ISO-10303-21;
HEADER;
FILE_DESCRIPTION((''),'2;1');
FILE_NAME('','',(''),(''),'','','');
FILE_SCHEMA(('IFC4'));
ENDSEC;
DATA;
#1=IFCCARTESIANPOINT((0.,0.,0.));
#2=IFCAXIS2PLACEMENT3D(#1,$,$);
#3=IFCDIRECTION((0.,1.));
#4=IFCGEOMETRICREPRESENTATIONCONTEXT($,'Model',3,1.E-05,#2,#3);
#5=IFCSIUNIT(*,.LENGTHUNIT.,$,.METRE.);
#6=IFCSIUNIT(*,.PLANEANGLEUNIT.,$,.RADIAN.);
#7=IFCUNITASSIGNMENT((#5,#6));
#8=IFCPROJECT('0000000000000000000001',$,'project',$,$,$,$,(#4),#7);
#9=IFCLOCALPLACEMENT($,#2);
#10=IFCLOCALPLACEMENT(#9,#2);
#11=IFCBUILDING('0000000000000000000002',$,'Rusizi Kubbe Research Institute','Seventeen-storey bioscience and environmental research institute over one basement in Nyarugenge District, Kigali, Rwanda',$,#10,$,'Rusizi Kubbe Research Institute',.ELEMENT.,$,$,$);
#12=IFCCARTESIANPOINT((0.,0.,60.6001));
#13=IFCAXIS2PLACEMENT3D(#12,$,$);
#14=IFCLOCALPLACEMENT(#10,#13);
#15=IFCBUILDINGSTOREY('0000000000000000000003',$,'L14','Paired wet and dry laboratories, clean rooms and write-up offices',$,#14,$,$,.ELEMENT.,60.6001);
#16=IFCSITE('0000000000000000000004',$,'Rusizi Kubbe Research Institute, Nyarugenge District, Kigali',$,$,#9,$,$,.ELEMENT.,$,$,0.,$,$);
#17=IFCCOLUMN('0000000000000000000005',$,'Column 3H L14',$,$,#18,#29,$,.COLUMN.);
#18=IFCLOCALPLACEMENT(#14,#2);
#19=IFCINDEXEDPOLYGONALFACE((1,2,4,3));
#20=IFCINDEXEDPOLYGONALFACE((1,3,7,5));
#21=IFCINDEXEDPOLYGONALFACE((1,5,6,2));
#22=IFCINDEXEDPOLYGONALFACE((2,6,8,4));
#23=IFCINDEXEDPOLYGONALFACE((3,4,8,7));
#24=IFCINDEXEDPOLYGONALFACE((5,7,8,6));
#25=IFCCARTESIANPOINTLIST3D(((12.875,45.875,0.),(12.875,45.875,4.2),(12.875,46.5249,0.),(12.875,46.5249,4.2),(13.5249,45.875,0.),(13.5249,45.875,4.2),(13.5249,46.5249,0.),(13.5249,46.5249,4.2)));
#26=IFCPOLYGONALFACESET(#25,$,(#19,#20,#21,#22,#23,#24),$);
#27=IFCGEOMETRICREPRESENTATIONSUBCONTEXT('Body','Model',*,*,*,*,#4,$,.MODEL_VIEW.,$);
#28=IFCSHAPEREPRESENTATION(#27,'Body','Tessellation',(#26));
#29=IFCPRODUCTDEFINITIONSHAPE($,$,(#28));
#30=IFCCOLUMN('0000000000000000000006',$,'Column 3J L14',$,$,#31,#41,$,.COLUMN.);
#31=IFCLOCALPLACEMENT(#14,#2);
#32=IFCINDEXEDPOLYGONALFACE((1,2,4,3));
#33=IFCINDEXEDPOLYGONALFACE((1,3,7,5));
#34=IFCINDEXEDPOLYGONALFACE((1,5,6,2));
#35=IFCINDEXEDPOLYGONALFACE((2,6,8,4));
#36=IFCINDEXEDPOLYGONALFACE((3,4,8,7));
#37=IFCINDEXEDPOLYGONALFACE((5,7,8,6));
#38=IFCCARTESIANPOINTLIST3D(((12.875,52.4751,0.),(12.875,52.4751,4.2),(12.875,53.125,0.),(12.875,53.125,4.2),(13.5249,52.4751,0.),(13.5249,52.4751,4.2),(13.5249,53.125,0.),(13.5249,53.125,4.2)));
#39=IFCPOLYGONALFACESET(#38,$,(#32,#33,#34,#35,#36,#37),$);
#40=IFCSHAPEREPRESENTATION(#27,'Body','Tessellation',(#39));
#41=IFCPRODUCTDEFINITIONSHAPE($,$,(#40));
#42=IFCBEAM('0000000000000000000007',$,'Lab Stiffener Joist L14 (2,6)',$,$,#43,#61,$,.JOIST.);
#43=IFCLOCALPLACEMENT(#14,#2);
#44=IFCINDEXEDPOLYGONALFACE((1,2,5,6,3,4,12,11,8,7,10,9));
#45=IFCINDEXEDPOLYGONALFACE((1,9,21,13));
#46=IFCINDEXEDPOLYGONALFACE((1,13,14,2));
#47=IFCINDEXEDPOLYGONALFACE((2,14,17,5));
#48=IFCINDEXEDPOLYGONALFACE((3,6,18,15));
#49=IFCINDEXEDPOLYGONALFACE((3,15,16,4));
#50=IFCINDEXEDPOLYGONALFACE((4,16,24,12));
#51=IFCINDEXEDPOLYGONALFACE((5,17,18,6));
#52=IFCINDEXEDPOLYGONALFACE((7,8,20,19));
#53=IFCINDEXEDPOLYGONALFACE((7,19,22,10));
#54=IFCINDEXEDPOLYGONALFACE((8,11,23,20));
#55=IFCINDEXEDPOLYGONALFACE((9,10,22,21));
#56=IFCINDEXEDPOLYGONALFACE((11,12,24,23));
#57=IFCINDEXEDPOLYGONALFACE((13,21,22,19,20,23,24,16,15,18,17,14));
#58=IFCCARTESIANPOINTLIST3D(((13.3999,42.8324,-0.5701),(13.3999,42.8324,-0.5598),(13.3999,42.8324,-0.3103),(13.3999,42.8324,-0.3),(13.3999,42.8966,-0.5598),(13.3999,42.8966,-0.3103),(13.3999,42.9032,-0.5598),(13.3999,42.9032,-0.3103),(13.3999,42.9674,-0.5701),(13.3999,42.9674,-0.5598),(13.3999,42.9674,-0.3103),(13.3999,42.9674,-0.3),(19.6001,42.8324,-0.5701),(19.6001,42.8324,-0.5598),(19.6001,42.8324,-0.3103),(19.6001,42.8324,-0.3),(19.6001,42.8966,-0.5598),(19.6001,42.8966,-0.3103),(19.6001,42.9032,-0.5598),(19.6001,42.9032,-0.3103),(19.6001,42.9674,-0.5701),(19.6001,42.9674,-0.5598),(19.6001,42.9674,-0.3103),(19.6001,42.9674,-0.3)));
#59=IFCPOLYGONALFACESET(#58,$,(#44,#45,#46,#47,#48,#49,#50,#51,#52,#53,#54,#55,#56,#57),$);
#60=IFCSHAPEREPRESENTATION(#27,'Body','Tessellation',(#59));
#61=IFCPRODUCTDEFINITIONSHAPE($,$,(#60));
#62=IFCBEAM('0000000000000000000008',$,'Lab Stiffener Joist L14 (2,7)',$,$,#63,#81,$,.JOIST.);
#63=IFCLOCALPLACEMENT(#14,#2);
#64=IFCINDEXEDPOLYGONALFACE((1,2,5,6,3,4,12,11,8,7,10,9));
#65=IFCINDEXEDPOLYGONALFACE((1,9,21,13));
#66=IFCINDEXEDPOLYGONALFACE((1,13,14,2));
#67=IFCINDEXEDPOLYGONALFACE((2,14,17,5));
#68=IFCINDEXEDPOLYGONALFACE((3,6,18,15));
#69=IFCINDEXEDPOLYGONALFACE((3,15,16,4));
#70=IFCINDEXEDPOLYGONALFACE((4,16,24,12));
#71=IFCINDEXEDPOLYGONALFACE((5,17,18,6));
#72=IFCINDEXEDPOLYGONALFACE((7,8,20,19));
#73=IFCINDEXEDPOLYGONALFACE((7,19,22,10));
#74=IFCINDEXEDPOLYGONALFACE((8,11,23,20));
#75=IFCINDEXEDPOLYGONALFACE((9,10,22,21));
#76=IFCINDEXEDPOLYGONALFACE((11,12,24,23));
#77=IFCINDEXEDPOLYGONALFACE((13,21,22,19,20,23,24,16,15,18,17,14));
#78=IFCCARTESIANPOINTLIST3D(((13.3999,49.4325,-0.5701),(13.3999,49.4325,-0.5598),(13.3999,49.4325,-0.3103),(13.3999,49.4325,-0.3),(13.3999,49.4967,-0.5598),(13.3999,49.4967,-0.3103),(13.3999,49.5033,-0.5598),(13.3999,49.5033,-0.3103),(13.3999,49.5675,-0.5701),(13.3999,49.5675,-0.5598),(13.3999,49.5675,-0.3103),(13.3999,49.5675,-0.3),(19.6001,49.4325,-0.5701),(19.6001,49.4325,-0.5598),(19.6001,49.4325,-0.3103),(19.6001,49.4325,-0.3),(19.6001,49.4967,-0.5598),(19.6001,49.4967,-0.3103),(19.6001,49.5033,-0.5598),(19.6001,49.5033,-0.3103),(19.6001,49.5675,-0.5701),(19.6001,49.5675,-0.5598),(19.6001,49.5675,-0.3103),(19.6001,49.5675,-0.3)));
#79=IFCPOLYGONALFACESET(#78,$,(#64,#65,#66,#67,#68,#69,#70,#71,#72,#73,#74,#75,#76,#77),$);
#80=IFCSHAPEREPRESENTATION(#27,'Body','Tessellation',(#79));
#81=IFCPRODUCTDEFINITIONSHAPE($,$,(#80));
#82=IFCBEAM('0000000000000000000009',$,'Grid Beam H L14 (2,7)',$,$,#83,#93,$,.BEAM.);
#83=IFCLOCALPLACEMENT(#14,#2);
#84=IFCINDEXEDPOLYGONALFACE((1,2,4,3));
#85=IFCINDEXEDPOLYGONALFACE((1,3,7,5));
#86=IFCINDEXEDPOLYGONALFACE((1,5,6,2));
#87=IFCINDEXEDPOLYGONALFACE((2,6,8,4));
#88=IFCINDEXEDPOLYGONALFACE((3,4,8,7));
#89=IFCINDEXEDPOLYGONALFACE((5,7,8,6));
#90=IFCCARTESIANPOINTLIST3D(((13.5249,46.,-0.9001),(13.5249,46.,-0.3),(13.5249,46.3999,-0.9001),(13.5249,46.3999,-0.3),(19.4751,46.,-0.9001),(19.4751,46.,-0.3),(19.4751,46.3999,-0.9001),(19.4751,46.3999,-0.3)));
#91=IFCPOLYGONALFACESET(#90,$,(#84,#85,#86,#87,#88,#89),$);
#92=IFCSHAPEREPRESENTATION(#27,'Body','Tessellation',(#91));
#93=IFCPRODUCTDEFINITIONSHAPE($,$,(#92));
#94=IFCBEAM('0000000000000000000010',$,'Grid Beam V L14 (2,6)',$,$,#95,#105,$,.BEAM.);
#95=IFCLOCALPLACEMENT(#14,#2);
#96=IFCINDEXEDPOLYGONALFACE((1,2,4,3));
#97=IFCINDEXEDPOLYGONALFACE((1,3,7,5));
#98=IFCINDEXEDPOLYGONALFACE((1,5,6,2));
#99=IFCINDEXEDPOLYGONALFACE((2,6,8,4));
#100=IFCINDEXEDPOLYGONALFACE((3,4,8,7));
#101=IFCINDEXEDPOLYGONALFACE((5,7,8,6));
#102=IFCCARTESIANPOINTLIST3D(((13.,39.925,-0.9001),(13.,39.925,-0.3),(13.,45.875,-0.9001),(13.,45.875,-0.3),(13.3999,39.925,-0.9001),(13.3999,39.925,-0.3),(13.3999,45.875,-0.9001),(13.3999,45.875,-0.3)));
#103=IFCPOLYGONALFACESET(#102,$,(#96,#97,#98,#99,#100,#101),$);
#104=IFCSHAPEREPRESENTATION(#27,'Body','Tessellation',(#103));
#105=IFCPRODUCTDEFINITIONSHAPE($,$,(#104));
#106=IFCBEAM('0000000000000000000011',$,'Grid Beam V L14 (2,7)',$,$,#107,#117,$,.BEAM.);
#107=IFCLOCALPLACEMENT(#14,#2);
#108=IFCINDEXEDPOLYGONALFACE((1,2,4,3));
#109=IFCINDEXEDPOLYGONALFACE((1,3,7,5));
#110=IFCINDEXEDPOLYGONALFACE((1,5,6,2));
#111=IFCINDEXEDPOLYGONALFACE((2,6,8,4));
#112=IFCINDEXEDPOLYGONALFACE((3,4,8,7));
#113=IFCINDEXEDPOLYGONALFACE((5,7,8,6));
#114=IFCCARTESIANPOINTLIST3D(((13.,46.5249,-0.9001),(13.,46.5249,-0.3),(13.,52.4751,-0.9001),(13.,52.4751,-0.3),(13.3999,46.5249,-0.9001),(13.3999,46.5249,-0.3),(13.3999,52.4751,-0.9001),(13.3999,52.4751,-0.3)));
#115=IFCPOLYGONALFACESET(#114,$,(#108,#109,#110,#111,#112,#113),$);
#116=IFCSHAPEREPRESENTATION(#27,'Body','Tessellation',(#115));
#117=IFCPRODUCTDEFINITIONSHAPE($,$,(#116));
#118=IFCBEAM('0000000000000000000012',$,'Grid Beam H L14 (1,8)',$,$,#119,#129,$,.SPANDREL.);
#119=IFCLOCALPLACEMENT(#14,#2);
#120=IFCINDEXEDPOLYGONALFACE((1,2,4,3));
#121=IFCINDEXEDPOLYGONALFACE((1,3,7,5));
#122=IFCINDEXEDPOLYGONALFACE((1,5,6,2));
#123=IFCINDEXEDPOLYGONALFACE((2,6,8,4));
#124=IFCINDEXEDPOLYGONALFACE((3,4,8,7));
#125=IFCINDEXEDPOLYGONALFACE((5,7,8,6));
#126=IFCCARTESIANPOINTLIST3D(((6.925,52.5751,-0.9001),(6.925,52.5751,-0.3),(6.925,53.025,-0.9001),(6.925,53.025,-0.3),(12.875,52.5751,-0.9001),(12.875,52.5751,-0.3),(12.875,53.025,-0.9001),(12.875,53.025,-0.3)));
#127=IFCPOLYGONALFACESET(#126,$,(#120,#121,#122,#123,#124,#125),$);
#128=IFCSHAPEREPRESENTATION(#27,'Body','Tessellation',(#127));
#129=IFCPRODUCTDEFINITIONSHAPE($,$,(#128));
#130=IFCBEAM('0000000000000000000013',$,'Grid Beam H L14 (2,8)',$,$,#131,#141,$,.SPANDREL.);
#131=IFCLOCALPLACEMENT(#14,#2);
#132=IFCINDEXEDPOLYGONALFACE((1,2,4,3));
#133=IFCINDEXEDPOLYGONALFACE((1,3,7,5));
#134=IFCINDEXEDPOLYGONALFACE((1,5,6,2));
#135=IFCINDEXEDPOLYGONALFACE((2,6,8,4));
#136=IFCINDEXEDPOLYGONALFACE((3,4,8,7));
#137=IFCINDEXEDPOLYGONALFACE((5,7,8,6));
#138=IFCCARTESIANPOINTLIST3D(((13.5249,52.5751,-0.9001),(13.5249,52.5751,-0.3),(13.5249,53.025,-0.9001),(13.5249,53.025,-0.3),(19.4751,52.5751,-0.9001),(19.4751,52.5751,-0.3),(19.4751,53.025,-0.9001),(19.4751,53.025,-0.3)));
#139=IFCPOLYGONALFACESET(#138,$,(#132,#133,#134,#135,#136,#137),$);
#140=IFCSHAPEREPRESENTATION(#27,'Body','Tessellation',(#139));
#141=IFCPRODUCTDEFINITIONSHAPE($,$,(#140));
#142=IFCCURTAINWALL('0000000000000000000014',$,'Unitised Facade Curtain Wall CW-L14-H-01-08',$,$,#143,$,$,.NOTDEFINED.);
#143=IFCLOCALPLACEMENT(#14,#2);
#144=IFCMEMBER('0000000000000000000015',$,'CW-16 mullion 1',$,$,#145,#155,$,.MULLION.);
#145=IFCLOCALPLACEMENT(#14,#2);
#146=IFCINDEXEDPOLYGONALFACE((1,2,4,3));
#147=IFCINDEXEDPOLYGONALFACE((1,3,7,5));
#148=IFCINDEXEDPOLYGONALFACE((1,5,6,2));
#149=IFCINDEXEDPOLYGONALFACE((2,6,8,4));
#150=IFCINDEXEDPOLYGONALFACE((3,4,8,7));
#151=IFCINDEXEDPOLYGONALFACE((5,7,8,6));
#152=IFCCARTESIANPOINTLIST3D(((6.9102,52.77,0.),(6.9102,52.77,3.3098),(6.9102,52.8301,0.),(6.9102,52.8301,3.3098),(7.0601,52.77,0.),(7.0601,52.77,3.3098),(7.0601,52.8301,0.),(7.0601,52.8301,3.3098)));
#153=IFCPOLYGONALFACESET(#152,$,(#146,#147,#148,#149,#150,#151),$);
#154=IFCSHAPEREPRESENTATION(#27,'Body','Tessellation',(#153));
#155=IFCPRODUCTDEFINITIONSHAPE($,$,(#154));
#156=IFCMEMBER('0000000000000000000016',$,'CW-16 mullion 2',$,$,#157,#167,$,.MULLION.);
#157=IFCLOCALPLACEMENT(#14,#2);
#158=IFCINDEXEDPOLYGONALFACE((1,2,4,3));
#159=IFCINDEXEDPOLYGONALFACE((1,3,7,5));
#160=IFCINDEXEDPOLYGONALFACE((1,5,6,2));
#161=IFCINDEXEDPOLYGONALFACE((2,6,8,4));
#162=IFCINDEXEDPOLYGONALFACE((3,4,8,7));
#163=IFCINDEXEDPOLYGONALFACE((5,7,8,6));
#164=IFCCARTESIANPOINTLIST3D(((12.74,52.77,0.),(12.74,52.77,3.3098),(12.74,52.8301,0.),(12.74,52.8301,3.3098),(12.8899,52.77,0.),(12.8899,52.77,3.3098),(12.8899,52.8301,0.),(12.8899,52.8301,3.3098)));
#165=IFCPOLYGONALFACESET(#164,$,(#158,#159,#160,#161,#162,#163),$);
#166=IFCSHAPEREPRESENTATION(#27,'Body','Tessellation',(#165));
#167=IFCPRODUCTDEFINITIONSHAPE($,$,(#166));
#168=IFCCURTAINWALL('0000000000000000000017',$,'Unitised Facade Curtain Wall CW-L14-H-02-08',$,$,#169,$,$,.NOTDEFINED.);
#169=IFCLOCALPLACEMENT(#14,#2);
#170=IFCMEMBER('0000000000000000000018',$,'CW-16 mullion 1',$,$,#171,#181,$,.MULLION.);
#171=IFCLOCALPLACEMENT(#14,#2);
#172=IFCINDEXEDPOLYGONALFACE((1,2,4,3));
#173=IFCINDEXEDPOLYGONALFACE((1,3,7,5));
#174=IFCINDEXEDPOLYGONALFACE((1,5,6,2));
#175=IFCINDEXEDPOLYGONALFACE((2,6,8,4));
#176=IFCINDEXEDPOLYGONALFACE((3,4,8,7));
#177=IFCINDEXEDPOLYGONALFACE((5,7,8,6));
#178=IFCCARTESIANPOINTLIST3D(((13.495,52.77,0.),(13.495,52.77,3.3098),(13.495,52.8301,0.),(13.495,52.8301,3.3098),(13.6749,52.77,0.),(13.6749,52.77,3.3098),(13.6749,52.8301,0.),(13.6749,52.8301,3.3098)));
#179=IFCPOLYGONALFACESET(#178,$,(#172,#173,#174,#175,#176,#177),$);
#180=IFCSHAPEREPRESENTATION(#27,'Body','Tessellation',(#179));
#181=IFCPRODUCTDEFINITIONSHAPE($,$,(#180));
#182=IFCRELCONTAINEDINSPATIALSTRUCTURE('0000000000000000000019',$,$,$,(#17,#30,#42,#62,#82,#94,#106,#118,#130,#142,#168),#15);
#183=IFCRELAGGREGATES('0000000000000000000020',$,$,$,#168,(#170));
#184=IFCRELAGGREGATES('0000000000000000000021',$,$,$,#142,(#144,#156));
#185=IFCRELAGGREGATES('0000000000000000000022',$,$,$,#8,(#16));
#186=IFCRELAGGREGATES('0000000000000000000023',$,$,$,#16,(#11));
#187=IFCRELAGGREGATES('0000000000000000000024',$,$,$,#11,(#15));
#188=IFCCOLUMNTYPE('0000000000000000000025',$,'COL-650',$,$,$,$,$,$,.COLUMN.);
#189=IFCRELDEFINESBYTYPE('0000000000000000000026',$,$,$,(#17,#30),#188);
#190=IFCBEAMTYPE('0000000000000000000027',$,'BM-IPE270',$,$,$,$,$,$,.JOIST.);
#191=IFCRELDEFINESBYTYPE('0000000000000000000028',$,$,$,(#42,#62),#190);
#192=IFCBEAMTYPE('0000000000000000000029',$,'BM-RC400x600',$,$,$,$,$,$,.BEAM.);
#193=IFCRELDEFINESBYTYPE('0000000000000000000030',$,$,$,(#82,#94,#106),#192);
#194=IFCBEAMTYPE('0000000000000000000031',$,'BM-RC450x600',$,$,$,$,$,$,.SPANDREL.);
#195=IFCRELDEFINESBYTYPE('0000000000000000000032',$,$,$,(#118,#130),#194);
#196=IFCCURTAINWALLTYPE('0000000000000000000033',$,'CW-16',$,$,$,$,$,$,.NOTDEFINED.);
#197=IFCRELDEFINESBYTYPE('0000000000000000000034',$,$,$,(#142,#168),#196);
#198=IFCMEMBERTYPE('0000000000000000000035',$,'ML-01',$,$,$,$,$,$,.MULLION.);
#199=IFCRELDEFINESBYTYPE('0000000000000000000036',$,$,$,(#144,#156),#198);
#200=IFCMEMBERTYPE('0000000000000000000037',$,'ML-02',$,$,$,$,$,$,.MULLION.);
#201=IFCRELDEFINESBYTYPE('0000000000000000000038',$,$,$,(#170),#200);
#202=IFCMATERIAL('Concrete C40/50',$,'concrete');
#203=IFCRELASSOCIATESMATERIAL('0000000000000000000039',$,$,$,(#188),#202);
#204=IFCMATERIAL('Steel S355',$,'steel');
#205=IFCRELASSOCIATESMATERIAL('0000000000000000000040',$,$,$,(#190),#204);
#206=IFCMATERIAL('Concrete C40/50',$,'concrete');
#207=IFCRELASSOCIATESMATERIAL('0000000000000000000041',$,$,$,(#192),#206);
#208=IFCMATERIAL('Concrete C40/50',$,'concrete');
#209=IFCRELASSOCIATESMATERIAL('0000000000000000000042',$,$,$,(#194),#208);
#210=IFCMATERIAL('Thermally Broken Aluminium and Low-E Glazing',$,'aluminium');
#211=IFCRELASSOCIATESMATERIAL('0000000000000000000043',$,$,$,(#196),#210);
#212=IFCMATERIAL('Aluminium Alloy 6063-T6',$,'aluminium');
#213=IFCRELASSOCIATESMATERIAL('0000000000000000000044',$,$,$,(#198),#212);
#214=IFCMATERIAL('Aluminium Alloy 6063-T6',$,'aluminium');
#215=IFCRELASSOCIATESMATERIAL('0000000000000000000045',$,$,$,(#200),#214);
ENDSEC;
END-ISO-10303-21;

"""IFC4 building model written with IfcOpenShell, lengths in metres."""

from ifc_helpers import new_model, si_unit, direction, frame, origin, origin_2d, place, context, subcontext, project, spatial, rectangle, i_section, extrude, material, material_profile, profile_set, type_object, element, aggregate, save


model = new_model("IFC4")

# Units and contexts
model_context = context("Model", 3, precision=1e-05, world=origin(), true_north=direction((0.0, 1.0)))
body_context = subcontext(model_context, "Body", "Model", "MODEL_VIEW")
ifc_project = project(units=[si_unit("LENGTHUNIT", "METRE"), si_unit("PLANEANGLEUNIT", "RADIAN")], contexts=[model_context])

# Site, building, storey
site_placement = place(None, origin())
site = spatial("IfcSite", under=ifc_project, at=site_placement, Name="Rusizi Kubbe Research Institute, Nyarugenge District, Kigali", CompositionType="ELEMENT", RefElevation=0.0)
building_placement = place(site_placement, origin())
building = spatial("IfcBuilding", under=site, at=building_placement, Name="Rusizi Kubbe Research Institute", Description="Seventeen-storey bioscience and environmental research institute over one basement in Nyarugenge District, Kigali, Rwanda", LongName="Rusizi Kubbe Research Institute", CompositionType="ELEMENT")
storey_placement = place(building_placement, frame((0.0, 0.0, 60.6001)))
storey = spatial("IfcBuildingStorey", under=building, at=storey_placement, Name="L14", Description="Paired wet and dry laboratories, clean rooms and write-up offices", CompositionType="ELEMENT", Elevation=60.6001)

# Columns
ifc_material_1 = material(Name="Concrete C40/50", Category="concrete")
ifc_material_profile_1 = material_profile(ifc_material_1, rectangle(XDim=0.6499, YDim=0.6499, at=origin_2d()), Name="RC650x650")
ifc_profile_set_1 = profile_set([ifc_material_profile_1], Name="Concrete C40/50")
column_type = type_object("IfcColumnType", Name="COL-650", PredefinedType="COLUMN", material=ifc_profile_set_1)
for number, where, z_axis, x_axis, name in (
    (1, (13.2, 46.2, 0.0), (0.0, 0.0, 1.0), (1.0, 0.0, 0.0), "Column 3H L14"),
    (2, (13.2, 52.8, 0.0), (0.0, 0.0, 1.0), (1.0, 0.0, 0.0), "Column 3J L14"),
):
    element("IfcColumn", number, at=place(storey_placement, frame(where, z_axis=z_axis, x_axis=x_axis)), inside=storey, type_object=column_type, Name=name, PredefinedType="COLUMN", context=body_context, shape_type="SweptSolid", body=[
        extrude(rectangle(XDim=0.6499, YDim=0.6499, at=origin_2d()), origin(), (0.0, 0.0, 1.0), 4.2),
    ])

# Beams
ifc_material_2 = material(Name="Steel S355", Category="steel")
ifc_material_profile_2 = material_profile(ifc_material_2, i_section(OverallWidth=0.135, OverallDepth=0.27, WebThickness=0.0066, FlangeThickness=0.0103, at=origin_2d()), Name="IPE 270")
ifc_profile_set_2 = profile_set([ifc_material_profile_2], Name="Steel S355")
beam_type_1 = type_object("IfcBeamType", Name="BM-IPE270", PredefinedType="JOIST", material=ifc_profile_set_2)
for number, where, z_axis, x_axis, name in (
    (3, (13.3999, 42.8999, -0.4351), (1.0, 0.0, 0.0), (0.0, 1.0, 0.0), "Lab Stiffener Joist L14 (2,6)"),
    (4, (13.3999, 49.5, -0.4351), (1.0, 0.0, 0.0), (0.0, 1.0, 0.0), "Lab Stiffener Joist L14 (2,7)"),
):
    element("IfcBeam", number, at=place(storey_placement, frame(where, z_axis=z_axis, x_axis=x_axis)), inside=storey, type_object=beam_type_1, Name=name, PredefinedType="JOIST", context=body_context, shape_type="SweptSolid", body=[
        extrude(i_section(OverallWidth=0.135, OverallDepth=0.27, WebThickness=0.0066, FlangeThickness=0.0103, at=origin_2d()), origin(), (0.0, 0.0, 1.0), 6.2002),
    ])
ifc_material_3 = material(Name="Concrete C40/50", Category="concrete")
ifc_material_profile_3 = material_profile(ifc_material_3, rectangle(XDim=0.3999, YDim=0.6001, at=origin_2d()), Name="RC400x600")
ifc_profile_set_3 = profile_set([ifc_material_profile_3], Name="Concrete C40/50")
beam_type_2 = type_object("IfcBeamType", Name="BM-RC400x600", PredefinedType="BEAM", material=ifc_profile_set_3)
beam_1_placement = place(storey_placement, frame((13.5249, 46.2, -0.6001), z_axis=(1.0, 0.0, 0.0), x_axis=(0.0, 1.0, 0.0)))
element("IfcBeam", 5, at=beam_1_placement, inside=storey, type_object=beam_type_2, Name="Grid Beam H L14 (2,7)", PredefinedType="BEAM", context=body_context, shape_type="SweptSolid", body=[
    extrude(rectangle(XDim=0.3999, YDim=0.6001, at=origin_2d()), origin(), (0.0, 0.0, 1.0), 5.9502),
])
beam_2_placement = place(storey_placement, frame((13.2, 39.925, -0.6001), z_axis=(0.0, 1.0, 0.0), x_axis=(-1.0, 0.0, 0.0)))
element("IfcBeam", 6, at=beam_2_placement, inside=storey, type_object=beam_type_2, Name="Grid Beam V L14 (2,6)", PredefinedType="BEAM", context=body_context, shape_type="SweptSolid", body=[
    extrude(rectangle(XDim=0.3999, YDim=0.6001, at=origin_2d()), origin(), (0.0, 0.0, 1.0), 5.95),
])
beam_3_placement = place(storey_placement, frame((13.2, 46.5249, -0.6001), z_axis=(0.0, 1.0, 0.0), x_axis=(-1.0, 0.0, 0.0)))
element("IfcBeam", 7, at=beam_3_placement, inside=storey, type_object=beam_type_2, Name="Grid Beam V L14 (2,7)", PredefinedType="BEAM", context=body_context, shape_type="SweptSolid", body=[
    extrude(rectangle(XDim=0.3999, YDim=0.6001, at=origin_2d()), origin(), (0.0, 0.0, 1.0), 5.9502),
])
ifc_material_4 = material(Name="Concrete C40/50", Category="concrete")
ifc_material_profile_4 = material_profile(ifc_material_4, rectangle(XDim=0.45, YDim=0.6001, at=origin_2d()), Name="RC450x600")
ifc_profile_set_4 = profile_set([ifc_material_profile_4], Name="Concrete C40/50")
beam_type_3 = type_object("IfcBeamType", Name="BM-RC450x600", PredefinedType="SPANDREL", material=ifc_profile_set_4)
beam_4_placement = place(storey_placement, frame((6.925, 52.8, -0.6001), z_axis=(1.0, 0.0, 0.0), x_axis=(0.0, 1.0, 0.0)))
element("IfcBeam", 8, at=beam_4_placement, inside=storey, type_object=beam_type_3, Name="Grid Beam H L14 (1,8)", PredefinedType="SPANDREL", context=body_context, shape_type="SweptSolid", body=[
    extrude(rectangle(XDim=0.45, YDim=0.6001, at=origin_2d()), origin(), (0.0, 0.0, 1.0), 5.95),
])
beam_5_placement = place(storey_placement, frame((13.5249, 52.8, -0.6001), z_axis=(1.0, 0.0, 0.0), x_axis=(0.0, 1.0, 0.0)))
element("IfcBeam", 9, at=beam_5_placement, inside=storey, type_object=beam_type_3, Name="Grid Beam H L14 (2,8)", PredefinedType="SPANDREL", context=body_context, shape_type="SweptSolid", body=[
    extrude(rectangle(XDim=0.45, YDim=0.6001, at=origin_2d()), origin(), (0.0, 0.0, 1.0), 5.9502),
])

# Curtain wall, members
ifc_material_5 = material(Name="Thermally Broken Aluminium and Low-E Glazing", Category="aluminium")
curtain_wall_type = type_object("IfcCurtainWallType", Name="CW-16", PredefinedType="NOTDEFINED", material=ifc_material_5)
curtain_wall_1_placement = place(storey_placement, origin())
curtain_wall_1 = element("IfcCurtainWall", 10, at=curtain_wall_1_placement, inside=storey, type_object=curtain_wall_type, Name="Unitised Facade Curtain Wall CW-L14-H-01-08", PredefinedType="NOTDEFINED")
ifc_material_6 = material(Name="Aluminium Alloy 6063-T6", Category="aluminium")
ifc_material_profile_5 = material_profile(ifc_material_6, rectangle(XDim=0.0601, YDim=0.1499, at=origin_2d()), Name="ALU-M 60x150")
ifc_profile_set_5 = profile_set([ifc_material_profile_5], Name="Aluminium Alloy 6063-T6")
member_type_1 = type_object("IfcMemberType", Name="ML-01", PredefinedType="MULLION", material=ifc_profile_set_5)
member_1_placement = place(storey_placement, frame((6.9851, 52.8, 0.0), z_axis=(0.0, 0.0, 1.0), x_axis=(0.0, 1.0, 0.0)))
member_1 = element("IfcMember", 11, at=member_1_placement, type_object=member_type_1, Name="CW-16 mullion 1", PredefinedType="MULLION", context=body_context, shape_type="SweptSolid", body=[
    extrude(rectangle(XDim=0.0601, YDim=0.1499, at=origin_2d()), origin(), (0.0, 0.0, 1.0), 3.3098),
])
member_2_placement = place(storey_placement, frame((12.8149, 52.8, 0.0), z_axis=(0.0, 0.0, 1.0), x_axis=(0.0, 1.0, 0.0)))
member_2 = element("IfcMember", 12, at=member_2_placement, type_object=member_type_1, Name="CW-16 mullion 2", PredefinedType="MULLION", context=body_context, shape_type="SweptSolid", body=[
    extrude(rectangle(XDim=0.0601, YDim=0.1499, at=origin_2d()), origin(), (0.0, 0.0, 1.0), 3.3098),
])

# Curtain wall, member
curtain_wall_2_placement = place(storey_placement, origin())
curtain_wall_2 = element("IfcCurtainWall", 13, at=curtain_wall_2_placement, inside=storey, type_object=curtain_wall_type, Name="Unitised Facade Curtain Wall CW-L14-H-02-08", PredefinedType="NOTDEFINED")
ifc_material_7 = material(Name="Aluminium Alloy 6063-T6", Category="aluminium")
ifc_material_profile_6 = material_profile(ifc_material_7, rectangle(XDim=0.0601, YDim=0.1799, at=origin_2d()), Name="ALU-M 60x180")
ifc_profile_set_6 = profile_set([ifc_material_profile_6], Name="Aluminium Alloy 6063-T6")
member_type_2 = type_object("IfcMemberType", Name="ML-02", PredefinedType="MULLION", material=ifc_profile_set_6)
member_3_placement = place(storey_placement, frame((13.585, 52.8, 0.0), z_axis=(0.0, 0.0, 1.0), x_axis=(0.0, 1.0, 0.0)))
member_3 = element("IfcMember", 14, at=member_3_placement, type_object=member_type_2, Name="CW-16 mullion 1", PredefinedType="MULLION", context=body_context, shape_type="SweptSolid", body=[
    extrude(rectangle(XDim=0.0601, YDim=0.1799, at=origin_2d()), origin(), (0.0, 0.0, 1.0), 3.3098),
])

aggregate(curtain_wall_2, [member_3])

aggregate(curtain_wall_1, [member_1, member_2])

save(model, "model.ifc")
